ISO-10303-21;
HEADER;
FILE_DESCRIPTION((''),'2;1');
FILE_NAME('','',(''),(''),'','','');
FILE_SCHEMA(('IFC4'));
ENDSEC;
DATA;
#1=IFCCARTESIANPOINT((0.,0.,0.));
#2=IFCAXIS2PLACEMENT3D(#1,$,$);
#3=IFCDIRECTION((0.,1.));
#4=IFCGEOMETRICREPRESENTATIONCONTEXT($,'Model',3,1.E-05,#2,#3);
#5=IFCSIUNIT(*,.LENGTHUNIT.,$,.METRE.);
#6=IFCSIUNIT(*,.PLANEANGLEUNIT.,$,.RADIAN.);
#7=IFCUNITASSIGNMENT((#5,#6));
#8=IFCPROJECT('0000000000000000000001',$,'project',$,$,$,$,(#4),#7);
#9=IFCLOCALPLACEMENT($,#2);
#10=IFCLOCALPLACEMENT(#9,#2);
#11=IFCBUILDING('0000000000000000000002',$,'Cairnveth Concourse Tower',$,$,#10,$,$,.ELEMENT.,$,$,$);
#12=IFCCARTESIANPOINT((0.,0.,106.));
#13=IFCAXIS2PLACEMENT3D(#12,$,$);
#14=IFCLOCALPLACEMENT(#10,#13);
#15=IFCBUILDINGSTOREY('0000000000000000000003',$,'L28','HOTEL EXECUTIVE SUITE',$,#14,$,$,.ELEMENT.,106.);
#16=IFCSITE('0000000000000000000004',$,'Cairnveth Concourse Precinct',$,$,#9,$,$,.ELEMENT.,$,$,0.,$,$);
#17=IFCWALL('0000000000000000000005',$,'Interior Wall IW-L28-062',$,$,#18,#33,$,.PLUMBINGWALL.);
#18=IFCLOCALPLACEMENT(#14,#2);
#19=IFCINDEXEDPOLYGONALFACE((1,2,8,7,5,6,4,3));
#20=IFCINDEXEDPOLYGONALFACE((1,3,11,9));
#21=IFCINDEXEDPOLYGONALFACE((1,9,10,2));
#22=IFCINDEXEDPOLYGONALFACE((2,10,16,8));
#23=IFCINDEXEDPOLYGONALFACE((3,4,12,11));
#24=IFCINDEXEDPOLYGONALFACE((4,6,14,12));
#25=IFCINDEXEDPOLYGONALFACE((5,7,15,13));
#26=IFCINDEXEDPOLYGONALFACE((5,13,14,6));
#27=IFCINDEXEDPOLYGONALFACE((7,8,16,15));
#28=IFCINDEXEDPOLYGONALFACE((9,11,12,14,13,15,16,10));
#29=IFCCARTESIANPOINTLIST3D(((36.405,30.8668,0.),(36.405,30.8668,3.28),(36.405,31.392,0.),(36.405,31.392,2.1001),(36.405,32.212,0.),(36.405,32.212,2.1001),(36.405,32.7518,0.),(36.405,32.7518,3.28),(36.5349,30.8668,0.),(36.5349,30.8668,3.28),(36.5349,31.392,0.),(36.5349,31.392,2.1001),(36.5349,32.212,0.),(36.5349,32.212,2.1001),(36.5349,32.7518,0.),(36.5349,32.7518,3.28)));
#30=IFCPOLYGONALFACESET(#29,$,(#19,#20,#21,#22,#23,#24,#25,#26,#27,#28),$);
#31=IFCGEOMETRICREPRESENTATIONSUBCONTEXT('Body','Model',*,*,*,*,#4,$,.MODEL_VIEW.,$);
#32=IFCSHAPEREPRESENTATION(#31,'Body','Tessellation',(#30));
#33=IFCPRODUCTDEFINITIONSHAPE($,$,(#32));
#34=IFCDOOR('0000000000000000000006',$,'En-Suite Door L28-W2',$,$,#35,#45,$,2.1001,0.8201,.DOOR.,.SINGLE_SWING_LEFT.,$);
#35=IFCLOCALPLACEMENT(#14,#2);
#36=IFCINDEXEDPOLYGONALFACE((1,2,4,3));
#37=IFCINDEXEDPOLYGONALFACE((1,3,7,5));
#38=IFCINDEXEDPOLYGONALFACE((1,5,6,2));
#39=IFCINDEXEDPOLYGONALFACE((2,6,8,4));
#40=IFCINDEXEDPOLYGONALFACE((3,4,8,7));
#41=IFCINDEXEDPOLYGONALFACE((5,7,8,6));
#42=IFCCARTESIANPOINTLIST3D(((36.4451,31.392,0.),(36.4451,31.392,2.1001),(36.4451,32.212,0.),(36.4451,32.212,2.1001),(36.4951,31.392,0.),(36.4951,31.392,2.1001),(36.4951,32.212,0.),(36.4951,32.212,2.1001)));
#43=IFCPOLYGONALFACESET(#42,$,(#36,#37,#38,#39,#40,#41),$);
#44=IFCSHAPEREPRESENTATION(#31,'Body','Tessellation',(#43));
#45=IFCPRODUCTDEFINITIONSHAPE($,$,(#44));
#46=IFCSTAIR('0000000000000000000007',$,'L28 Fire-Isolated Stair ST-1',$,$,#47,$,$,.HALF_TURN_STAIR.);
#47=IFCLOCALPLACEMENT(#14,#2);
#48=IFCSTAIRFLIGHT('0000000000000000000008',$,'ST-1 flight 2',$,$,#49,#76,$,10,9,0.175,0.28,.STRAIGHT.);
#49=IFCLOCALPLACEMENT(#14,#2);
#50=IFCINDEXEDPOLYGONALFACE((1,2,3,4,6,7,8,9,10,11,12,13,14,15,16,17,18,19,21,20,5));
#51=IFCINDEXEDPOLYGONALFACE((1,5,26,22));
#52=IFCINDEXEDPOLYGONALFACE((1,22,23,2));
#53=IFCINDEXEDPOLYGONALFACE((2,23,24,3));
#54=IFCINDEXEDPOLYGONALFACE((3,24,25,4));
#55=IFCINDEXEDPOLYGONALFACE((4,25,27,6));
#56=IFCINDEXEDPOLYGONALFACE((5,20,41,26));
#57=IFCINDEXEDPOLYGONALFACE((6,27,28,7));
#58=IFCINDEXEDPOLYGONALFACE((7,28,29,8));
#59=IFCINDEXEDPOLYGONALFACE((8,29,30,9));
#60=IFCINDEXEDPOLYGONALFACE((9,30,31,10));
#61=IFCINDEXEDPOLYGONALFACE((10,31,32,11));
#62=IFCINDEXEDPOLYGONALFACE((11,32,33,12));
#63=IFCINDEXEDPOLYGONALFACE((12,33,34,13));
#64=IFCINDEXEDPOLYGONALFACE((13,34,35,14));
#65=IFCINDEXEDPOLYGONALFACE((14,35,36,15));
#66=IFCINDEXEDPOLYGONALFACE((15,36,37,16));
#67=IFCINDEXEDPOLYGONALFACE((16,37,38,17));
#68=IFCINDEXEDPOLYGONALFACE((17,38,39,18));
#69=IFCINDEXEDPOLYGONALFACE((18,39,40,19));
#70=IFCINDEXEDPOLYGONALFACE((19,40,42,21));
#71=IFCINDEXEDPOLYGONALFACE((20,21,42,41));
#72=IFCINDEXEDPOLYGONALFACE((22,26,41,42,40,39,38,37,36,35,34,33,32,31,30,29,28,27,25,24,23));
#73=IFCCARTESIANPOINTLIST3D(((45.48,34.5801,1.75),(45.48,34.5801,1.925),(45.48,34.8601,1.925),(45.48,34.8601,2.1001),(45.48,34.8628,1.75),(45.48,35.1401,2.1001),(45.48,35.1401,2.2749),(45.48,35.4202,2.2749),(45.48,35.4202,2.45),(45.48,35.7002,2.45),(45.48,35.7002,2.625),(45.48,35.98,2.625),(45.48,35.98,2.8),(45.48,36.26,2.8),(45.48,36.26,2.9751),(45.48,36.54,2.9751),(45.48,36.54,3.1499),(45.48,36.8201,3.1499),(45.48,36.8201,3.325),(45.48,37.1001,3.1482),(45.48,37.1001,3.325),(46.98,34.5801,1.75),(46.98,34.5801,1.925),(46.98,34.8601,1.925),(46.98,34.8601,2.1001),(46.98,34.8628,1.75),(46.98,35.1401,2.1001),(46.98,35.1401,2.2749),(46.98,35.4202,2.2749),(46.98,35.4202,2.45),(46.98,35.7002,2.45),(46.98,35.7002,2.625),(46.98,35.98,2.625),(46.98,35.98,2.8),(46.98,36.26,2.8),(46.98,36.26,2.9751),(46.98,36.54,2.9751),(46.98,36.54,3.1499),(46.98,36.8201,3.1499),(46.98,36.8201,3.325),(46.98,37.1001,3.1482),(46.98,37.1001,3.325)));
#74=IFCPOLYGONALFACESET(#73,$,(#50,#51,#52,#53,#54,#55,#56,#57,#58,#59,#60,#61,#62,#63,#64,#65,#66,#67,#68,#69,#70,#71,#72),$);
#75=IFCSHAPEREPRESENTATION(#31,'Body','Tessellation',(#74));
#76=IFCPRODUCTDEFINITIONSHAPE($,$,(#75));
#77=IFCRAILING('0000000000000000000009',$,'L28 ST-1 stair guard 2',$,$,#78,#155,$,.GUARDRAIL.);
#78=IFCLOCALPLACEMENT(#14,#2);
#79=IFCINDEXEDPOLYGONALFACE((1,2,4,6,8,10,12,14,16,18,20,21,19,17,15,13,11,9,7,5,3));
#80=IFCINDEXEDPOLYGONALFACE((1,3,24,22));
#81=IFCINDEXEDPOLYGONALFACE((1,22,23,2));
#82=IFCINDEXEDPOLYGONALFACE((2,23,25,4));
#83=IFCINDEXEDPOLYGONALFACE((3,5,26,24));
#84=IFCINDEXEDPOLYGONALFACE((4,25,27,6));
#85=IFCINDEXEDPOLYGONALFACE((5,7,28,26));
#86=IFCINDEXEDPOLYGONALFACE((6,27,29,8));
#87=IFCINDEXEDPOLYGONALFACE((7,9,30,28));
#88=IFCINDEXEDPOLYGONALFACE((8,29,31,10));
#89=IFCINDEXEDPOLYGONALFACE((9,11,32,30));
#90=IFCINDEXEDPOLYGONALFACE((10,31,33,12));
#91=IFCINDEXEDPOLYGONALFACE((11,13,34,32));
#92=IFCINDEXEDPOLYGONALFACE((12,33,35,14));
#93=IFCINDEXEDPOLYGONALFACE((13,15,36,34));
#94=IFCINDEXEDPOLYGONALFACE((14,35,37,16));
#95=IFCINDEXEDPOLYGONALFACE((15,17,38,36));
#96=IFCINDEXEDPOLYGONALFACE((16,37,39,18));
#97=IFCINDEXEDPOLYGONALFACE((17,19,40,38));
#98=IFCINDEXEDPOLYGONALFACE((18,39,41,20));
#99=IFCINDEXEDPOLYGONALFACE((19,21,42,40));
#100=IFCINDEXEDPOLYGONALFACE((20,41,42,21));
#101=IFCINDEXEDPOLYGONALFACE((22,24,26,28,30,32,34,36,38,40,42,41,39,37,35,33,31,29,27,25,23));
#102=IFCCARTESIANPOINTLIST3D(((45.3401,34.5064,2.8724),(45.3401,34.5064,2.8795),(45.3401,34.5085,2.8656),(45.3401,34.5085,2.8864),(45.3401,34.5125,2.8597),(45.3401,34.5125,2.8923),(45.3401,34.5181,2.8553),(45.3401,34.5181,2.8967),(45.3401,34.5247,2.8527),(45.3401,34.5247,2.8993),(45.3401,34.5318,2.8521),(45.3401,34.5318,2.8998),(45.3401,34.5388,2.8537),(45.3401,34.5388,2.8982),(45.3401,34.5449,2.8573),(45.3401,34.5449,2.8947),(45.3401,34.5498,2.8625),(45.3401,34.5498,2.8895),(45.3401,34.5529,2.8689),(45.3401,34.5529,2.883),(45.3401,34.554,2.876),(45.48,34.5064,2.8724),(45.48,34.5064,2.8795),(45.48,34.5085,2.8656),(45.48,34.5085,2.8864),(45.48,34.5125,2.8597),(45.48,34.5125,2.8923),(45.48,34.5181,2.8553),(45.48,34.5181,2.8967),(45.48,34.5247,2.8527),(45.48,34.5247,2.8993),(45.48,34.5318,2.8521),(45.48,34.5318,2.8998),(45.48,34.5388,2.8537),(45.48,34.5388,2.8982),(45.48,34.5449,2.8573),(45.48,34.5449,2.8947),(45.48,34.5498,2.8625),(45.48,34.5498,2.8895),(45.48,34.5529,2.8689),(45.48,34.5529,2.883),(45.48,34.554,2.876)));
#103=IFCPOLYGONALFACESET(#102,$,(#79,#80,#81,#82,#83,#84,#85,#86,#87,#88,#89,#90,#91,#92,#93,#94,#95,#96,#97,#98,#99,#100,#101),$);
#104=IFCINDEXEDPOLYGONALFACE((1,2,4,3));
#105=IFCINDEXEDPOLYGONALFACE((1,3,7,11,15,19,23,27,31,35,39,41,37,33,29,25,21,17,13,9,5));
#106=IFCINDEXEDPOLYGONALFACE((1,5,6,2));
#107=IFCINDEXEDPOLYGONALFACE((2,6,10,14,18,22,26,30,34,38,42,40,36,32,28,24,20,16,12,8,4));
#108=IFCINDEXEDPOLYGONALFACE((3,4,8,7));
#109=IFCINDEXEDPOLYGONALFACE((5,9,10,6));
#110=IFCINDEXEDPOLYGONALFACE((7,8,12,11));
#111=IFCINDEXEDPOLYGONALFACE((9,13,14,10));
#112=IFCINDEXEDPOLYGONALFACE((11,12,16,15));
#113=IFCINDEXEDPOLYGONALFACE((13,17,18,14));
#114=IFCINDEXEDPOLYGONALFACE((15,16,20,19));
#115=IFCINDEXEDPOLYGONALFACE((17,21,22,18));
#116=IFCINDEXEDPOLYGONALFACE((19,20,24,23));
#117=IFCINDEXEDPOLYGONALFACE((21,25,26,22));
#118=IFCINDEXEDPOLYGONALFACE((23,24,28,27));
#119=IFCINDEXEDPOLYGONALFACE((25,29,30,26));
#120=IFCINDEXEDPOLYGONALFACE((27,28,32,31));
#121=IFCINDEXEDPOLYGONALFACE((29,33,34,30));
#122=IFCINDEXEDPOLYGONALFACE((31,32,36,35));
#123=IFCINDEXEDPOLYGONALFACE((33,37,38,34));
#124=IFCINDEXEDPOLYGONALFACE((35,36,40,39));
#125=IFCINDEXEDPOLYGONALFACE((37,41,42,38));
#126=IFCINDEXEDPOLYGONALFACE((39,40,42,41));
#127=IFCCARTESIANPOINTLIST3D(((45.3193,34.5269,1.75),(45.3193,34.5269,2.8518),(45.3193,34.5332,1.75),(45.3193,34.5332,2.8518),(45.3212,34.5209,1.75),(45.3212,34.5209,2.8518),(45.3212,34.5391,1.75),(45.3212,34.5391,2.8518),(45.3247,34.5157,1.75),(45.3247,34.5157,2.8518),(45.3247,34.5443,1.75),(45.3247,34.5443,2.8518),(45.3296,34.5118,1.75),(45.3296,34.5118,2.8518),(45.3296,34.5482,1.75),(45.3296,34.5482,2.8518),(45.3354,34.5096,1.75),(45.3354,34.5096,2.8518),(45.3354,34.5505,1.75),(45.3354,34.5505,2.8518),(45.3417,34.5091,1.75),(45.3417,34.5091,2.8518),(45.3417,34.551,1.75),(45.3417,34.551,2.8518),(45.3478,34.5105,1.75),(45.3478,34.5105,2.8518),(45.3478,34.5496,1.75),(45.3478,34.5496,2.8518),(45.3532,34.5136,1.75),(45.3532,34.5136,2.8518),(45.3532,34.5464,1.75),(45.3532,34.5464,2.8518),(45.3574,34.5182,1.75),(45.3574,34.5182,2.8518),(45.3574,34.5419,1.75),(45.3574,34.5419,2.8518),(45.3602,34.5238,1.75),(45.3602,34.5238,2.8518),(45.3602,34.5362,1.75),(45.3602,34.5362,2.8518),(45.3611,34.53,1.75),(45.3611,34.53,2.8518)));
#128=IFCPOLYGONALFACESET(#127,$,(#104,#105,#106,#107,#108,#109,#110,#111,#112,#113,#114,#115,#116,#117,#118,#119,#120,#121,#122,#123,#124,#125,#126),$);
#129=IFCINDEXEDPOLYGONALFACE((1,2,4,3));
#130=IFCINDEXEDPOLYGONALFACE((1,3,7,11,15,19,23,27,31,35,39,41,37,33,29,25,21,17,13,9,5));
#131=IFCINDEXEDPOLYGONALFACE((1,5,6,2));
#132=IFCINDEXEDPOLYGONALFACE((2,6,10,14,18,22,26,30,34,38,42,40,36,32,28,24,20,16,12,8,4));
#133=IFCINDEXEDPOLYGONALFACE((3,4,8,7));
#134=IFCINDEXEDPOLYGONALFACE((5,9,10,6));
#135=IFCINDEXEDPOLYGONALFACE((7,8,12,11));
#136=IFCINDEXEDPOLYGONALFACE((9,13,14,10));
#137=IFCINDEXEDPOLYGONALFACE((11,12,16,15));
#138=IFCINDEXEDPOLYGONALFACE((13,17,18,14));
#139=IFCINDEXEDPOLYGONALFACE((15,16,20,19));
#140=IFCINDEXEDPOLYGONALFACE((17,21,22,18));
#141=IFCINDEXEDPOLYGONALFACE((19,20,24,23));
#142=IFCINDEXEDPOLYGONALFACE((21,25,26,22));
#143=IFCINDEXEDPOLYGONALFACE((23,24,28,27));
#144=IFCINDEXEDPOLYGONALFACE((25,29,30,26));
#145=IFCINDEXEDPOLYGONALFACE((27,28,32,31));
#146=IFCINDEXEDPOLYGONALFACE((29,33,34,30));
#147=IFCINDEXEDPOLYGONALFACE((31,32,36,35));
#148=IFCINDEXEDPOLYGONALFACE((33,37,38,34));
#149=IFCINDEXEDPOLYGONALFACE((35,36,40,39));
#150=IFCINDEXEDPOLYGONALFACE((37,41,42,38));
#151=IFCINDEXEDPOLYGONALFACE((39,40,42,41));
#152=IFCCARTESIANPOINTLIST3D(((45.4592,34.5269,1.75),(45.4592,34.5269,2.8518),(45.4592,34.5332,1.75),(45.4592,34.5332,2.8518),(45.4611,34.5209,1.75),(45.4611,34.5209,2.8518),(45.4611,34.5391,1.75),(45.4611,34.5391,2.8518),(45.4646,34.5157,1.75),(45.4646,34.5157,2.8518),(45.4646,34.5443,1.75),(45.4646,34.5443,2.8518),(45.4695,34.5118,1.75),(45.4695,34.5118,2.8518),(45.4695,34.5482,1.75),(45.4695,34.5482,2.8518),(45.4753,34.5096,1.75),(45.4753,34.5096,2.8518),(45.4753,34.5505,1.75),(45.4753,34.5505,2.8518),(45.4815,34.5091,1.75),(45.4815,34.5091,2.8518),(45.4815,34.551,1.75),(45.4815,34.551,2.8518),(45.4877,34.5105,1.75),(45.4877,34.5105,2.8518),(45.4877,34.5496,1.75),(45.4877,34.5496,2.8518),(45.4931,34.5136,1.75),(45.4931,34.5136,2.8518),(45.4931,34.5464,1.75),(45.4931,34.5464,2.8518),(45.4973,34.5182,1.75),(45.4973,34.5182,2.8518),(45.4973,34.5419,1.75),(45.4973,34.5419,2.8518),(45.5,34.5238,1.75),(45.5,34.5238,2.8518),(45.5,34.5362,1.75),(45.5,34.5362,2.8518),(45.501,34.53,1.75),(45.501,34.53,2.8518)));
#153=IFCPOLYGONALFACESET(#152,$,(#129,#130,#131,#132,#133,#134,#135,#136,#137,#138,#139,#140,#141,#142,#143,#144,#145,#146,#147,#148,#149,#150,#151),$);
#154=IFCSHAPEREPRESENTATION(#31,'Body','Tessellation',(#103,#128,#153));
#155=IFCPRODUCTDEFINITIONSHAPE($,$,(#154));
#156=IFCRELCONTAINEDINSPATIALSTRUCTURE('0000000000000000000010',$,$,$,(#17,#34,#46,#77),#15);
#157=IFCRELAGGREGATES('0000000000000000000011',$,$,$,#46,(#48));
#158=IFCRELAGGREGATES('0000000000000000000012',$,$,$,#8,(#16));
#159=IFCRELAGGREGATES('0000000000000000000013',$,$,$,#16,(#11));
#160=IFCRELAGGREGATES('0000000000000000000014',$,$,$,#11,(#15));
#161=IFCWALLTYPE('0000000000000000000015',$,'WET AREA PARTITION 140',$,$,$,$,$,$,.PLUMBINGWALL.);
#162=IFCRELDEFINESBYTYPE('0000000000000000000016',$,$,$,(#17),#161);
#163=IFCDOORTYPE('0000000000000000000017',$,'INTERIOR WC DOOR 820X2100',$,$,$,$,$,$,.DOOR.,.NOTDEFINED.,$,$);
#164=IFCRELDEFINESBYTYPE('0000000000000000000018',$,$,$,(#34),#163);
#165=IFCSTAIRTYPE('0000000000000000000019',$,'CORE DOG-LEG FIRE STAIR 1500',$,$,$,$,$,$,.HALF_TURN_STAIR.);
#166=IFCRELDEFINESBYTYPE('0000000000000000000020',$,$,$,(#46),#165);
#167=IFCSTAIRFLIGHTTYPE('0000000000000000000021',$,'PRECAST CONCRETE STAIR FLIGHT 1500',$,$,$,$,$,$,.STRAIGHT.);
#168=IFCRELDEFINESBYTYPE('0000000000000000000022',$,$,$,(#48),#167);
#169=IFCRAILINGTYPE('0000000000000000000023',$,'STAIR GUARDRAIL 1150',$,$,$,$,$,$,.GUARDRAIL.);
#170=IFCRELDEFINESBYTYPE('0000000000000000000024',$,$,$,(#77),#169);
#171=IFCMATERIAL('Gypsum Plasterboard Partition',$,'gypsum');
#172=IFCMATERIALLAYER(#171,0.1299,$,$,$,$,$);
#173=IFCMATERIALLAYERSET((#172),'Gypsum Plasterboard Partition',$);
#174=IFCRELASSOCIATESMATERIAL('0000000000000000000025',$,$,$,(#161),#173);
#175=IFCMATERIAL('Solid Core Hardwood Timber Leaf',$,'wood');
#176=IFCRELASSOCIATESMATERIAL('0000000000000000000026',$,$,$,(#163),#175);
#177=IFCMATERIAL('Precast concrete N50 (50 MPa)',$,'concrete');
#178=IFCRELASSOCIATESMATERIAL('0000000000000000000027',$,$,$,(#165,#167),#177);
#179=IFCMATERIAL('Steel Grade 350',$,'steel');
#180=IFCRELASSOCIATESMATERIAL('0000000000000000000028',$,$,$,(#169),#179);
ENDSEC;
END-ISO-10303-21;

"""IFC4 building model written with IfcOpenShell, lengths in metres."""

from ifc_helpers import new_model, si_unit, direction, frame, frame_2d, origin, origin_2d, place, context, subcontext, project, spatial, polyline, rectangle, circle, outline, extrude, material, layer, layer_set, type_object, element, fill, aggregate, save


model = new_model("IFC4")

# Units and contexts
model_context = context("Model", 3, precision=1e-05, world=origin(), true_north=direction((0.0, 1.0)))
body_context = subcontext(model_context, "Body", "Model", "MODEL_VIEW")
ifc_project = project(units=[si_unit("LENGTHUNIT", "METRE"), si_unit("PLANEANGLEUNIT", "RADIAN")], contexts=[model_context])

# Site, building, storey
site_placement = place(None, origin())
site = spatial("IfcSite", under=ifc_project, at=site_placement, Name="Cairnveth Concourse Precinct", CompositionType="ELEMENT", RefElevation=0.0)
building_placement = place(site_placement, origin())
building = spatial("IfcBuilding", under=site, at=building_placement, Name="Cairnveth Concourse Tower", CompositionType="ELEMENT")
storey_placement = place(building_placement, frame((0.0, 0.0, 106.0)))
storey = spatial("IfcBuildingStorey", under=building, at=storey_placement, Name="L28", Description="HOTEL EXECUTIVE SUITE", CompositionType="ELEMENT", Elevation=106.0)

# Shared definitions
ifc_material_1 = material(Name="Gypsum Plasterboard Partition", Category="gypsum")

# Shared definitions
ifc_material_2 = material(Name="Solid Core Hardwood Timber Leaf", Category="wood")

# Shared definitions
ifc_layer_1 = layer(ifc_material_1, 0.1299)
ifc_layer_set_1 = layer_set([ifc_layer_1], Name="Gypsum Plasterboard Partition")
wall_type_1 = type_object("IfcWallType", Name="WET AREA PARTITION 140", PredefinedType="PLUMBINGWALL", material=ifc_layer_set_1)
door_type_1 = type_object("IfcDoorType", Name="INTERIOR WC DOOR 820X2100", OperationType="NOTDEFINED", PredefinedType="DOOR", material=ifc_material_2)

# Wall, opening, door
wall_1_placement = place(storey_placement, frame((36.47, 30.8669, 0.0), z_axis=(0.0, 0.0, 1.0), x_axis=(0.0, 1.0, 0.0)))
wall_1 = element("IfcWall", 1, at=wall_1_placement, inside=storey, type_object=wall_type_1, Name="Interior Wall IW-L28-062", PredefinedType="PLUMBINGWALL", context=body_context, shape_type="SweptSolid", body=[
    extrude(rectangle(XDim=1.885, YDim=0.1299, at=frame_2d((0.9424, 0.0))), origin(), (0.0, 0.0, 1.0), 3.28),
])
opening_1_placement = place(wall_1_placement, frame((0.5249, 0.0, 0.0)))
opening_1 = element("IfcOpeningElement", 2, at=opening_1_placement, cuts=wall_1, PredefinedType="OPENING", context=body_context, shape_type="SweptSolid", body=[
    extrude(rectangle(XDim=0.8201, YDim=2.1001, at=frame_2d((0.4102, 1.05))), frame((0.0, 0.075, 0.0), z_axis=(0.0, -1.0, 0.0), x_axis=(1.0, 0.0, 0.0)), (0.0, 0.0, 1.0), 0.1499),
])
door_1_placement = place(opening_1_placement, origin())
door_1 = element("IfcDoor", 3, at=door_1_placement, inside=storey, type_object=door_type_1, Name="En-Suite Door L28-W2", OperationType="SINGLE_SWING_LEFT", OverallHeight=2.1001, OverallWidth=0.8201, PredefinedType="DOOR", context=body_context, shape_type="SweptSolid", body=[
    extrude(rectangle(XDim=0.8201, YDim=2.1001, at=frame_2d((0.4102, 1.05))), frame((0.0, 0.0249, 0.0), z_axis=(0.0, -1.0, 0.0), x_axis=(1.0, 0.0, 0.0)), (0.0, 0.0, 1.0), 0.05),
])
fill(opening_1, door_1)

# Stair, stair flight
ifc_material_3 = material(Name="Precast concrete N50 (50 MPa)", Category="concrete")
stair_type = type_object("IfcStairType", Name="CORE DOG-LEG FIRE STAIR 1500", PredefinedType="HALF_TURN_STAIR", material=ifc_material_3)
stair_placement = place(storey_placement, origin())
stair = element("IfcStair", 4, at=stair_placement, inside=storey, type_object=stair_type, Name="L28 Fire-Isolated Stair ST-1", PredefinedType="HALF_TURN_STAIR")
stair_flight_type = type_object("IfcStairFlightType", Name="PRECAST CONCRETE STAIR FLIGHT 1500", PredefinedType="STRAIGHT", material=ifc_material_3)
stair_flight_placement = place(storey_placement, frame((46.23, 34.5801, 1.75), z_axis=(0.0, 0.0, 1.0), x_axis=(0.0, 1.0, 0.0)))
stair_flight = element("IfcStairFlight", 5, at=stair_flight_placement, type_object=stair_flight_type, Name="ST-1 flight 2", NumberOfRisers=10, NumberOfTreads=9, PredefinedType="STRAIGHT", RiserHeight=0.175, TreadLength=0.28, context=body_context, shape_type="SweptSolid", body=[
    extrude(outline(polyline([(0.0, 0.0), (0.0, 0.175), (0.28, 0.175), (0.28, 0.3501), (0.5601, 0.3501), (0.5601, 0.5249), (0.8401, 0.5249), (0.8401, 0.7), (1.1201, 0.7), (1.1201, 0.875), (1.3999, 0.875), (1.3999, 1.05), (1.6799, 1.05), (1.6799, 1.2251), (1.96, 1.2251), (1.96, 1.3999), (2.24, 1.3999), (2.24, 1.575), (2.52, 1.575), (2.52, 1.75), (2.52, 1.3982), (0.2827, 0.0), (0.0, 0.0)])), frame((0.0, 0.75, 0.0), z_axis=(0.0, -1.0, 0.0), x_axis=(1.0, 0.0, 0.0)), (0.0, 0.0, 1.0), 1.5),
])
aggregate(stair, [stair_flight])

# Railing
ifc_material_4 = material(Name="Steel Grade 350", Category="steel")
railing_type_1 = type_object("IfcRailingType", Name="STAIR GUARDRAIL 1150", PredefinedType="GUARDRAIL", material=ifc_material_4)
railing_1_placement = place(storey_placement, frame((45.3401, 34.53, 1.75)))
element("IfcRailing", 6, at=railing_1_placement, inside=storey, type_object=railing_type_1, Name="L28 ST-1 stair guard 2", PredefinedType="GUARDRAIL", context=body_context, shape_type="SweptSolid", body=[
    extrude(circle(Radius=0.0239, at=origin_2d()), frame((0.0, 0.0, 1.126), z_axis=(1.0, 0.0, 0.0), x_axis=(0.0, 1.0, 0.0)), (0.0, 0.0, 1.0), 0.1399),
    extrude(circle(Radius=0.021, at=origin_2d()), origin(), (0.0, 0.0, 1.0), 1.1018),
    extrude(circle(Radius=0.021, at=origin_2d()), frame((0.1399, 0.0, 0.0)), (0.0, 0.0, 1.0), 1.1018),
])

save(model, "model.ifc")
